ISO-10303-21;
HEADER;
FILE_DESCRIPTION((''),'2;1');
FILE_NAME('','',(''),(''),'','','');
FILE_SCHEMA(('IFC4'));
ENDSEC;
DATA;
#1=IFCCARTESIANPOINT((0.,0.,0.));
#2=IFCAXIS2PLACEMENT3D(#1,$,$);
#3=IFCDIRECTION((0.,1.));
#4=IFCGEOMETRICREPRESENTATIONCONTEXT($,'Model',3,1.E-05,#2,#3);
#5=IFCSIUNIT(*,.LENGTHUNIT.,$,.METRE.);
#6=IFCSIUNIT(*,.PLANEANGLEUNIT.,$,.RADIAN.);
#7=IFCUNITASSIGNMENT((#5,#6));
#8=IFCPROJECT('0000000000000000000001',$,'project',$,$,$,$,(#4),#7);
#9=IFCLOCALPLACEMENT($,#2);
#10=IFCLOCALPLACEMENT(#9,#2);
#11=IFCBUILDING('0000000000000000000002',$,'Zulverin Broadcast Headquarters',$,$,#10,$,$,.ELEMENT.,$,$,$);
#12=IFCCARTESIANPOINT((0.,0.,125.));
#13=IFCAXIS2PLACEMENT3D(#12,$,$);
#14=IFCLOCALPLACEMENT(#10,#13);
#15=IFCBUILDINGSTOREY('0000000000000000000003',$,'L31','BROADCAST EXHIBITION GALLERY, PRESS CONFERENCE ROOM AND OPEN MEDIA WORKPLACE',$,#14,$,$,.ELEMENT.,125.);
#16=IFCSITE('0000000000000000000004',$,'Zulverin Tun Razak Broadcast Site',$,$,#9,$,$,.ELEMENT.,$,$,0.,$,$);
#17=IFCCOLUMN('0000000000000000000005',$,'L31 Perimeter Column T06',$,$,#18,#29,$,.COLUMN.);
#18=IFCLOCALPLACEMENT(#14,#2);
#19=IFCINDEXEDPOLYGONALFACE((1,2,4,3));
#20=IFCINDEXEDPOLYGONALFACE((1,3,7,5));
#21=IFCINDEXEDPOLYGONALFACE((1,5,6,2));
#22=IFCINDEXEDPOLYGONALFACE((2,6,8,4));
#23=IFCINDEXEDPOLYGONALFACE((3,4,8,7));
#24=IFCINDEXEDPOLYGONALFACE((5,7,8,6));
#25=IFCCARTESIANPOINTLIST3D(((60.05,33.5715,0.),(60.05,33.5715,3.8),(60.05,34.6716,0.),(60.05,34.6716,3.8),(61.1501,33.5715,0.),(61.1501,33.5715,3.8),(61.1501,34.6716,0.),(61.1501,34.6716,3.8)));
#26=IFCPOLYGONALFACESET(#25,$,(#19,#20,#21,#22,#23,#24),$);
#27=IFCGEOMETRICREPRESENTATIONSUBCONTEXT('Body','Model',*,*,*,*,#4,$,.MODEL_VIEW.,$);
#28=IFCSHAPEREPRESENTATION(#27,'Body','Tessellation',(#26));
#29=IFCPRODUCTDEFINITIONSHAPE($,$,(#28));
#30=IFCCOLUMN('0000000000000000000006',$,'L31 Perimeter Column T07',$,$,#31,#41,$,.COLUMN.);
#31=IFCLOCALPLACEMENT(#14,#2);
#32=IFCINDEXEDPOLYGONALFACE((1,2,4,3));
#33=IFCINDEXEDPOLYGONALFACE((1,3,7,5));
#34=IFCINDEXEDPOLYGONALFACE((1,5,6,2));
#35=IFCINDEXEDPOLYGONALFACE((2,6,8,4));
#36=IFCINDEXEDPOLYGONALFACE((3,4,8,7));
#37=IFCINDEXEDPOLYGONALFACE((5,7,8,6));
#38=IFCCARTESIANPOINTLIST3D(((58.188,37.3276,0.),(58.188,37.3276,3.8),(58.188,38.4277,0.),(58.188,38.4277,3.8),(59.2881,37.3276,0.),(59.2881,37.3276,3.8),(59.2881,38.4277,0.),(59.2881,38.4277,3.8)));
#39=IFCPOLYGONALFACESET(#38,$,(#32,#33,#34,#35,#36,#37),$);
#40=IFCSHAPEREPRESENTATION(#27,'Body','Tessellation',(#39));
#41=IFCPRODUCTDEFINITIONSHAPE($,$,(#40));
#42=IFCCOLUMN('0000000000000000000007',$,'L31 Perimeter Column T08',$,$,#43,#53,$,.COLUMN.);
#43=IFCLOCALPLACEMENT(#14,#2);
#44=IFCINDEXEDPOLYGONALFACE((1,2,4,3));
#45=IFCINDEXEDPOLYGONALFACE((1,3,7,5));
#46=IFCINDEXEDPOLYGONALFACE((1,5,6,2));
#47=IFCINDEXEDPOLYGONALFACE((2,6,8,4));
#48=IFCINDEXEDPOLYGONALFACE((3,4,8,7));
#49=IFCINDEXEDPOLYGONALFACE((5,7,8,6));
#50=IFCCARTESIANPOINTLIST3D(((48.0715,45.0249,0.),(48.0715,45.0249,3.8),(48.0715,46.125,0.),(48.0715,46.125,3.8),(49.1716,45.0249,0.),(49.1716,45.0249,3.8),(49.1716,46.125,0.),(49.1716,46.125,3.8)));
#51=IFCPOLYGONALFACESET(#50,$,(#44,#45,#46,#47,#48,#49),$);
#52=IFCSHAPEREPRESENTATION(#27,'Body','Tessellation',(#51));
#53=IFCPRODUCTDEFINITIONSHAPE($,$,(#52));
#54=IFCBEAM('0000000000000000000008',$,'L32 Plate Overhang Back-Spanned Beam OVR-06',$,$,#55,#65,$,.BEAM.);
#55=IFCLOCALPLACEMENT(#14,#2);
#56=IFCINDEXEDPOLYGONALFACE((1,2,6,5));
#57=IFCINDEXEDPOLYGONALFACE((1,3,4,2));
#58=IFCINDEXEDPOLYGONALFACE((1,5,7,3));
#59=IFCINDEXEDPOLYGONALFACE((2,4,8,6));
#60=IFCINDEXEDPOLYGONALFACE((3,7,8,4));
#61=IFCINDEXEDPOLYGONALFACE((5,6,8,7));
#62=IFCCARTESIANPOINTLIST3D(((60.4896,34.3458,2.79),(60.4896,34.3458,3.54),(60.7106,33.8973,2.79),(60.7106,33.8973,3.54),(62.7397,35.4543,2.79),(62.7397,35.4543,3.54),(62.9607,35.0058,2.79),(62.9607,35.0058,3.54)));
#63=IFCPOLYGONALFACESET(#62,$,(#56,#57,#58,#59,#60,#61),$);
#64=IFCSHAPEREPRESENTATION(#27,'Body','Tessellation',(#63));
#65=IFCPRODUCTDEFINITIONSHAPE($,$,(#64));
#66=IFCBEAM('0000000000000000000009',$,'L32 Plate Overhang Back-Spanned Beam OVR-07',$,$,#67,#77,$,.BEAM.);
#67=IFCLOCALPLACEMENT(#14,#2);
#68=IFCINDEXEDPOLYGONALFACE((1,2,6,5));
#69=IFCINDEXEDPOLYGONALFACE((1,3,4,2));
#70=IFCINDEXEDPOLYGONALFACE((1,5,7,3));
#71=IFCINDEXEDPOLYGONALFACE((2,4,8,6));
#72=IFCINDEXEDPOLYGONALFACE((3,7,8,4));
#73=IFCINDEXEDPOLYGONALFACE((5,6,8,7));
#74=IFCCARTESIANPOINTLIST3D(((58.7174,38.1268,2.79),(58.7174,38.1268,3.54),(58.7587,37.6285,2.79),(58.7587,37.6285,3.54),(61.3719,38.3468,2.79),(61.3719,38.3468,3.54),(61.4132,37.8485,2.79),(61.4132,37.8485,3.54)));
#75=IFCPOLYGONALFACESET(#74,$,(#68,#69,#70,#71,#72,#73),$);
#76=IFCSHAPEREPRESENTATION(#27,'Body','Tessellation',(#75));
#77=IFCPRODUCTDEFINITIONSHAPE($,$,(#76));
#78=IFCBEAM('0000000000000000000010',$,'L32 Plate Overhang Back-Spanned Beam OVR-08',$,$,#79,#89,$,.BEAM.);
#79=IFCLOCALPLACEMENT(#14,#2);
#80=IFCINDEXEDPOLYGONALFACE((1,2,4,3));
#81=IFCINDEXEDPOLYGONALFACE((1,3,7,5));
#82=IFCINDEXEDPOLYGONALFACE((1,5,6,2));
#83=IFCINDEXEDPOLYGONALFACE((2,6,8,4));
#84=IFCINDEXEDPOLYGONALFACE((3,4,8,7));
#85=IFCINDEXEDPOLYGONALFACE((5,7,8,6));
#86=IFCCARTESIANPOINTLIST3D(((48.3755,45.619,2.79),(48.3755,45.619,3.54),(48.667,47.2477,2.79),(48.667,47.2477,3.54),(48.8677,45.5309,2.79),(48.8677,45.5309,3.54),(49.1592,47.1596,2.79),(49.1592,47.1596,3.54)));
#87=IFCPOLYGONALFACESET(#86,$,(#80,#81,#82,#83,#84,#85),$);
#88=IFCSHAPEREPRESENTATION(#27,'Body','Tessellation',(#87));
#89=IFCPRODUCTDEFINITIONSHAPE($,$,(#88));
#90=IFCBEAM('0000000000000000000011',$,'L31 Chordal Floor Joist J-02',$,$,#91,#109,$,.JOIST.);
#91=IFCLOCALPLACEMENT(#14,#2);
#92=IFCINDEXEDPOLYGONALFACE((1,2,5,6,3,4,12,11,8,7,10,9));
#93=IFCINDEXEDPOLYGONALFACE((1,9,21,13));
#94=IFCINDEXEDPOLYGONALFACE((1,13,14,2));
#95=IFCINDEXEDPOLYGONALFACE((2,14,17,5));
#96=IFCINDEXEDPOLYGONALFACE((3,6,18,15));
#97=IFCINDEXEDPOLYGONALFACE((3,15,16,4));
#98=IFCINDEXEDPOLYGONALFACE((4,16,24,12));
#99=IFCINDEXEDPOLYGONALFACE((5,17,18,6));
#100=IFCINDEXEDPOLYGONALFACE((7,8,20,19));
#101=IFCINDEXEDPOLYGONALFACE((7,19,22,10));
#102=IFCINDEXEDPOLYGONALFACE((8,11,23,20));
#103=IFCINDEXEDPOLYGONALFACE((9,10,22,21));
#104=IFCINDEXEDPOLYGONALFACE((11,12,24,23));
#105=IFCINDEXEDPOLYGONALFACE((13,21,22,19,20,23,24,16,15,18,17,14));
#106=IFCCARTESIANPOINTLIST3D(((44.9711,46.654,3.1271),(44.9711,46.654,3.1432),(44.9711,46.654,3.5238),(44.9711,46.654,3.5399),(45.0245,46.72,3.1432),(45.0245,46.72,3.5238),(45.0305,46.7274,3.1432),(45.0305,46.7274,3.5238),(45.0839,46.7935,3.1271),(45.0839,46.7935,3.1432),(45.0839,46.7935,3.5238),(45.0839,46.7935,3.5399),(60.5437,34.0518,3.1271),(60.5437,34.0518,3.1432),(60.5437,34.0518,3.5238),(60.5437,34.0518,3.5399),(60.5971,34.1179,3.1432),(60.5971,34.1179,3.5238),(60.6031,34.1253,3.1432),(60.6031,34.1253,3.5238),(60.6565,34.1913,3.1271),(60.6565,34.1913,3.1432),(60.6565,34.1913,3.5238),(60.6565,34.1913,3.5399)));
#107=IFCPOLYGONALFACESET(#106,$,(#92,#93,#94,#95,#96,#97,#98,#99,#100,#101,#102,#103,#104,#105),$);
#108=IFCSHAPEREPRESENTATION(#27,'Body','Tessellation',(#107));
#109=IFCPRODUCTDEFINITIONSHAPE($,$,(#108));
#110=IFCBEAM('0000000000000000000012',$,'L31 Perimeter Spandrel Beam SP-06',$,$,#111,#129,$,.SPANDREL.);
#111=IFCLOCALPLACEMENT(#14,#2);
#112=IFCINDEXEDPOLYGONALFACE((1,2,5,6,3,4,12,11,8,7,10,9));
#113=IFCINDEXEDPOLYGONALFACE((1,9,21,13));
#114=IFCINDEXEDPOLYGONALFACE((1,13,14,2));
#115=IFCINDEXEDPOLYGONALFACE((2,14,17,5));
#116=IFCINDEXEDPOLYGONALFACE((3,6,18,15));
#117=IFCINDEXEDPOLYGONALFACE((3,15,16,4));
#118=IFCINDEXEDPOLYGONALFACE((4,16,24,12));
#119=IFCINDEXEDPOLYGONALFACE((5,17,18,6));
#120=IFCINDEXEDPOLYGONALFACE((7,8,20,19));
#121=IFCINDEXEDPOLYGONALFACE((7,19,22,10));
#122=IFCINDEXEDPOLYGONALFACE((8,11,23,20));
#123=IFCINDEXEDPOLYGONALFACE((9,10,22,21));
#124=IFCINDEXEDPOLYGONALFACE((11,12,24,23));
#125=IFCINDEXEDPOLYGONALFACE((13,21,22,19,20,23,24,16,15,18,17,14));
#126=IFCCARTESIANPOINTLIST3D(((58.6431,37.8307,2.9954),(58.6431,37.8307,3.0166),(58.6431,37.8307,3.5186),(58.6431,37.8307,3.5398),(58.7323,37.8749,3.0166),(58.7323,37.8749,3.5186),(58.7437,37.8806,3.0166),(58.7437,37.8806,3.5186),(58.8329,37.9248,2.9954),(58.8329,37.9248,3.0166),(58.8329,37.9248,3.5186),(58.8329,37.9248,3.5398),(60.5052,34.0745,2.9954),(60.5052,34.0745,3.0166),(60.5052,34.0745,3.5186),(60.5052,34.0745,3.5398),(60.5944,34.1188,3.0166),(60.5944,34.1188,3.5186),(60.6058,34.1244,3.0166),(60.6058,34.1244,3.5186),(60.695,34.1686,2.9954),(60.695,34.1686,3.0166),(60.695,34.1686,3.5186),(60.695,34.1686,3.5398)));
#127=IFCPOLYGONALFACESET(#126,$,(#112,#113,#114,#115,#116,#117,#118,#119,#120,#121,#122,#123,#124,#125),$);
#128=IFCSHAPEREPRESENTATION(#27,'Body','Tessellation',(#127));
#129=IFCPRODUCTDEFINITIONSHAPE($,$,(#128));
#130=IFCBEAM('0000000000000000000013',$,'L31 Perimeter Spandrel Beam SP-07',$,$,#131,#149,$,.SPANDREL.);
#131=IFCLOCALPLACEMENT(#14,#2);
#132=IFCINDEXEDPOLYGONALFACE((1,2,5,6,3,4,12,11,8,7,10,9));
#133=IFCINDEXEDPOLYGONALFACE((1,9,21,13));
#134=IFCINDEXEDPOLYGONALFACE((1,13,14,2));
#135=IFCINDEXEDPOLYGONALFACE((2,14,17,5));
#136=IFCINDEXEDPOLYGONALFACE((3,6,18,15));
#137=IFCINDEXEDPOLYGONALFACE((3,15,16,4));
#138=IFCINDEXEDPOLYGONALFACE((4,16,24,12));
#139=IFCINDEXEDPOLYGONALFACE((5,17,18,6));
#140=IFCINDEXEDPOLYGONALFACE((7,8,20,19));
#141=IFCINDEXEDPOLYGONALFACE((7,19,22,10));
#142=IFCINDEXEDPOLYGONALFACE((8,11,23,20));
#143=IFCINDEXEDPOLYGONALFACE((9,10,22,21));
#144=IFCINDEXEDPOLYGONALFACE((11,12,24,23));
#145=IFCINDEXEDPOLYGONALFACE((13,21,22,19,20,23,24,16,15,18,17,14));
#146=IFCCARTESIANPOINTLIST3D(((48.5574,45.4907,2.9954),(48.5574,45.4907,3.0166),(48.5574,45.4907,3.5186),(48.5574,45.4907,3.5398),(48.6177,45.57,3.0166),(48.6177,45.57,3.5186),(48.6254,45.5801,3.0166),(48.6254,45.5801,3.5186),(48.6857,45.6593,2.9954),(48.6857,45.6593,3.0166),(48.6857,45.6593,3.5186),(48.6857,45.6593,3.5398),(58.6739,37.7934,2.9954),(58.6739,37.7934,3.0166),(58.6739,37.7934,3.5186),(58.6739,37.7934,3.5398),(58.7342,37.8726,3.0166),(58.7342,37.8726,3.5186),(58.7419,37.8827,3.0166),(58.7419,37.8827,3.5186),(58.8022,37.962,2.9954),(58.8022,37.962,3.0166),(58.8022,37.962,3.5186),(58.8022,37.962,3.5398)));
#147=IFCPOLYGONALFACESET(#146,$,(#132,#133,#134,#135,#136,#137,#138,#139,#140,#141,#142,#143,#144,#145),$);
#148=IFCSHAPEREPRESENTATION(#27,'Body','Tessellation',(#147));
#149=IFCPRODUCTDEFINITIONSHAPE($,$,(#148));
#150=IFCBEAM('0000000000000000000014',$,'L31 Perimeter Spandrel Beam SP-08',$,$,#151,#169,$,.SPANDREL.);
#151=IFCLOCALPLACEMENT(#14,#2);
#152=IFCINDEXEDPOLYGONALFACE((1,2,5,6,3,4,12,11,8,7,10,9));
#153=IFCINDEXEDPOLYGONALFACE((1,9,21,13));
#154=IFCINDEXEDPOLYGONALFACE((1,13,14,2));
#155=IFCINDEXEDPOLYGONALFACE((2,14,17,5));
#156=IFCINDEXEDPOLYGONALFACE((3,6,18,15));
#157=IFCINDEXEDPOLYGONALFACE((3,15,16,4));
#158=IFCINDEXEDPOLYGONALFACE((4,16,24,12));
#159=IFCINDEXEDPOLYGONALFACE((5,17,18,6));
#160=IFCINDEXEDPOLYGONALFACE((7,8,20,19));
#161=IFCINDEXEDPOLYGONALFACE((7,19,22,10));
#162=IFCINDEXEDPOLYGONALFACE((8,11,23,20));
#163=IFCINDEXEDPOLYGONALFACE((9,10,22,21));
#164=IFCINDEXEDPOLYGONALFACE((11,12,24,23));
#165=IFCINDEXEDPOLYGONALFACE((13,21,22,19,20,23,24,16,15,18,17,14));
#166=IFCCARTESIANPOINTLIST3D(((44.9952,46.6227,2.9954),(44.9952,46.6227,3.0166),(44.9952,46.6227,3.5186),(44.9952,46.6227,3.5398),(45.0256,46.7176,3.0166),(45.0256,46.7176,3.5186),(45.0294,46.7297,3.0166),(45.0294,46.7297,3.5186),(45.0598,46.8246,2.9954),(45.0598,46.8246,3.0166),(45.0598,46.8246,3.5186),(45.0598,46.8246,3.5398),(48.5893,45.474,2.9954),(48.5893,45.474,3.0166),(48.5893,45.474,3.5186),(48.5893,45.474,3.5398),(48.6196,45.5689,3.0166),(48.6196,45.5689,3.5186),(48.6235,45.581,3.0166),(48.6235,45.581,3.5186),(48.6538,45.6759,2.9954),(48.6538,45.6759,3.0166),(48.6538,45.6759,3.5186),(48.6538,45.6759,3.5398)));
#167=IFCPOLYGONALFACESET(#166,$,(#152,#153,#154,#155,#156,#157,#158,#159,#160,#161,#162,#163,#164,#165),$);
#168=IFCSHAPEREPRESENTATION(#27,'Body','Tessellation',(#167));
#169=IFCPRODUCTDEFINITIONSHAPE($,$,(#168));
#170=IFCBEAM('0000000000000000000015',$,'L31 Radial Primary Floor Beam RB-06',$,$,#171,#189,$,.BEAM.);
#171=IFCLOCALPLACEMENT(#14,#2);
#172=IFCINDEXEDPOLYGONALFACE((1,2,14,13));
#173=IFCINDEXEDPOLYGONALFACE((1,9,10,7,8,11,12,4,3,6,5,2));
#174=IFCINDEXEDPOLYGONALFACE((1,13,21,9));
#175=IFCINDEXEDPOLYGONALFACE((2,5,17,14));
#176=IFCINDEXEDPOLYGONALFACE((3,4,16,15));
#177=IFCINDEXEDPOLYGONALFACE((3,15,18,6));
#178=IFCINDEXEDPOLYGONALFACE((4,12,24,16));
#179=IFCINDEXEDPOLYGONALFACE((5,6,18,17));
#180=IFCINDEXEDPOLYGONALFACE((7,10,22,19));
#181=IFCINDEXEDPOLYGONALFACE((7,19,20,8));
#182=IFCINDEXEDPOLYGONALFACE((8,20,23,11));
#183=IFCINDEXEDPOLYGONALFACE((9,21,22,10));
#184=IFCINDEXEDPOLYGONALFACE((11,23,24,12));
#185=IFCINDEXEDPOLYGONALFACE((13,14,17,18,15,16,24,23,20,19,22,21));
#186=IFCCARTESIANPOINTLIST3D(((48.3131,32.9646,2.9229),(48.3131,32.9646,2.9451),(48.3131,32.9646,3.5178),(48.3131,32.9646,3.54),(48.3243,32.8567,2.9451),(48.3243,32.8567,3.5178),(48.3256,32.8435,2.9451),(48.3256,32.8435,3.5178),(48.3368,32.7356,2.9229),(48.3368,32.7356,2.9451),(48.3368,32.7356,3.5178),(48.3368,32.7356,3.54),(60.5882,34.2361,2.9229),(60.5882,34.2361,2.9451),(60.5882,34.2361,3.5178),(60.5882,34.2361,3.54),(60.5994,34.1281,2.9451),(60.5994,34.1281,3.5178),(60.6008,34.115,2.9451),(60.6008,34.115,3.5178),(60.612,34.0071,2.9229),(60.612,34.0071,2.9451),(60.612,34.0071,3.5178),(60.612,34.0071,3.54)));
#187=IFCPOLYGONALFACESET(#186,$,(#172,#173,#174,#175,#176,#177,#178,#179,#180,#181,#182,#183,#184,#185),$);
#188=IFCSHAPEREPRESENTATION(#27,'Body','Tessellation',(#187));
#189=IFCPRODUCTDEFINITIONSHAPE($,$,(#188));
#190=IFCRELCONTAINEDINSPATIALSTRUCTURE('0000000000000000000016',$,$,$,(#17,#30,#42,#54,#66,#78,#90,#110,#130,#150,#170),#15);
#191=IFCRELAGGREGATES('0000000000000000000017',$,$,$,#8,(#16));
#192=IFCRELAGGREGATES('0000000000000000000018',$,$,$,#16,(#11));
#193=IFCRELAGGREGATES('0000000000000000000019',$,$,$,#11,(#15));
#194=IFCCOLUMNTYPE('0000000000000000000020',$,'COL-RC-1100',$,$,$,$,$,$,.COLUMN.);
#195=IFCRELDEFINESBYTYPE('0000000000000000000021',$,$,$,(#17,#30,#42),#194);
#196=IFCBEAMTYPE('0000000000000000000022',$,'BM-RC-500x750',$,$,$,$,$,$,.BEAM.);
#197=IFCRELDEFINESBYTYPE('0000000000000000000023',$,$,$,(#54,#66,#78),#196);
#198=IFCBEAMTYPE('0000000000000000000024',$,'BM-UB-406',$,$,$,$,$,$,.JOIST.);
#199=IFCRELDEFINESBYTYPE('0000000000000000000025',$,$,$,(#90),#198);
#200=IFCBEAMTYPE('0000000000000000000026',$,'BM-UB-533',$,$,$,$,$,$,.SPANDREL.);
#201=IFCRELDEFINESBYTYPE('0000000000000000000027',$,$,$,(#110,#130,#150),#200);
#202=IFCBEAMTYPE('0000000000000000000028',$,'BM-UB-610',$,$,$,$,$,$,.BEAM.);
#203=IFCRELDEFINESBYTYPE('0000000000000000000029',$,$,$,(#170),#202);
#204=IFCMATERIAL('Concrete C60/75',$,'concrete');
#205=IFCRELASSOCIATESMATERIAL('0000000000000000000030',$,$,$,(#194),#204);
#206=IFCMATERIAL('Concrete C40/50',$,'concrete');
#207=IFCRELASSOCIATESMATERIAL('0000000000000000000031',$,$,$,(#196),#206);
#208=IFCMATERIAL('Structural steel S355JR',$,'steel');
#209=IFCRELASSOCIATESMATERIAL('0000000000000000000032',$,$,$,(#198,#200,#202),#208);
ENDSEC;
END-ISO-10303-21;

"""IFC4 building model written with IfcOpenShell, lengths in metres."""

from ifc_helpers import new_model, si_unit, direction, frame, origin, origin_2d, place, context, subcontext, project, spatial, rectangle, i_section, extrude, material, material_profile, profile_set, type_object, element, save


model = new_model("IFC4")

# Units and contexts
model_context = context("Model", 3, precision=1e-05, world=origin(), true_north=direction((0.0, 1.0)))
body_context = subcontext(model_context, "Body", "Model", "MODEL_VIEW")
ifc_project = project(units=[si_unit("LENGTHUNIT", "METRE"), si_unit("PLANEANGLEUNIT", "RADIAN")], contexts=[model_context])

# Site, building, storey
site_placement = place(None, origin())
site = spatial("IfcSite", under=ifc_project, at=site_placement, Name="Zulverin Tun Razak Broadcast Site", CompositionType="ELEMENT", RefElevation=0.0)
building_placement = place(site_placement, origin())
building = spatial("IfcBuilding", under=site, at=building_placement, Name="Zulverin Broadcast Headquarters", CompositionType="ELEMENT")
storey_placement = place(building_placement, frame((0.0, 0.0, 125.0)))
storey = spatial("IfcBuildingStorey", under=building, at=storey_placement, Name="L31", Description="BROADCAST EXHIBITION GALLERY, PRESS CONFERENCE ROOM AND OPEN MEDIA WORKPLACE", CompositionType="ELEMENT", Elevation=125.0)

# Columns
ifc_material_1 = material(Name="Concrete C60/75", Category="concrete")
ifc_material_profile_1 = material_profile(ifc_material_1, rectangle(XDim=1.1001, YDim=1.1001, at=origin_2d()), Name="Concrete C60/75", Category="concrete")
ifc_profile_set_1 = profile_set([ifc_material_profile_1], Name="Concrete C60/75")
column_type = type_object("IfcColumnType", Name="COL-RC-1100", PredefinedType="COLUMN", material=ifc_profile_set_1)
for number, where, z_axis, x_axis, name in (
    (1, (60.6001, 34.1216, 0.0), (0.0, 0.0, 1.0), (1.0, 0.0, 0.0), "L31 Perimeter Column T06"),
    (2, (58.738, 37.8777, 0.0), (0.0, 0.0, 1.0), (1.0, 0.0, 0.0), "L31 Perimeter Column T07"),
    (3, (48.6216, 45.575, 0.0), (0.0, 0.0, 1.0), (1.0, 0.0, 0.0), "L31 Perimeter Column T08"),
):
    element("IfcColumn", number, at=place(storey_placement, frame(where, z_axis=z_axis, x_axis=x_axis)), inside=storey, type_object=column_type, Name=name, PredefinedType="COLUMN", context=body_context, shape_type="SweptSolid", body=[
        extrude(rectangle(XDim=1.1001, YDim=1.1001, at=origin_2d()), origin(), (0.0, 0.0, 1.0), 3.8),
    ])

# Beams
ifc_material_2 = material(Name="Concrete C40/50", Category="concrete")
ifc_material_profile_2 = material_profile(ifc_material_2, rectangle(XDim=0.5, YDim=0.75, at=origin_2d()), Name="Concrete C40/50", Category="concrete")
ifc_profile_set_2 = profile_set([ifc_material_profile_2], Name="Concrete C40/50")
beam_type_1 = type_object("IfcBeamType", Name="BM-RC-500x750", PredefinedType="BEAM", material=ifc_profile_set_2)
beam_1_placement = place(storey_placement, frame((60.6001, 34.1216, 3.165), z_axis=(0.897059, 0.441911, 0.0), x_axis=(-0.441911, 0.897059, 0.0)))
element("IfcBeam", 4, at=beam_1_placement, inside=storey, type_object=beam_type_1, Name="L32 Plate Overhang Back-Spanned Beam OVR-06", PredefinedType="BEAM", context=body_context, shape_type="SweptSolid", body=[
    extrude(rectangle(XDim=0.5, YDim=0.75, at=origin_2d()), origin(), (0.0, 0.0, 1.0), 2.5083),
])
beam_2_placement = place(storey_placement, frame((58.738, 37.8777, 3.165), z_axis=(0.996584, 0.082583, 0.0), x_axis=(-0.082583, 0.996584, 0.0)))
element("IfcBeam", 5, at=beam_2_placement, inside=storey, type_object=beam_type_1, Name="L32 Plate Overhang Back-Spanned Beam OVR-07", PredefinedType="BEAM", context=body_context, shape_type="SweptSolid", body=[
    extrude(rectangle(XDim=0.5, YDim=0.75, at=origin_2d()), origin(), (0.0, 0.0, 1.0), 2.6636),
])
beam_3_placement = place(storey_placement, frame((48.6216, 45.575, 3.165), z_axis=(0.176184, 0.984357, 0.0), x_axis=(-0.984357, 0.176184, 0.0)))
element("IfcBeam", 6, at=beam_3_placement, inside=storey, type_object=beam_type_1, Name="L32 Plate Overhang Back-Spanned Beam OVR-08", PredefinedType="BEAM", context=body_context, shape_type="SweptSolid", body=[
    extrude(rectangle(XDim=0.5, YDim=0.75, at=origin_2d()), origin(), (0.0, 0.0, 1.0), 1.6545),
])
ifc_material_3 = material(Name="Structural steel S355JR", Category="steel")
ifc_material_profile_3 = material_profile(ifc_material_3, i_section(OverallWidth=0.1794, OverallDepth=0.4128, WebThickness=0.0095, FlangeThickness=0.0161, at=origin_2d()), Name="Structural steel S355JR", Category="steel")
ifc_profile_set_3 = profile_set([ifc_material_profile_3], Name="Structural steel S355JR")
beam_type_2 = type_object("IfcBeamType", Name="BM-UB-406", PredefinedType="JOIST", material=ifc_profile_set_3)
beam_4_placement = place(storey_placement, frame((60.6001, 34.1216, 3.3335), z_axis=(-0.777349, 0.62907, 0.0), x_axis=(-0.62907, -0.777349, 0.0)))
element("IfcBeam", 7, at=beam_4_placement, inside=storey, type_object=beam_type_2, Name="L31 Chordal Floor Joist J-02", PredefinedType="JOIST", context=body_context, shape_type="SweptSolid", body=[
    extrude(i_section(OverallWidth=0.1794, OverallDepth=0.4128, WebThickness=0.0095, FlangeThickness=0.0161, at=origin_2d()), origin(), (0.0, 0.0, 1.0), 20.033),
])
ifc_material_profile_4 = material_profile(ifc_material_3, i_section(OverallWidth=0.2119, OverallDepth=0.5444, WebThickness=0.0127, FlangeThickness=0.0212, at=origin_2d()), Name="Structural steel S355JR", Category="steel")
ifc_profile_set_4 = profile_set([ifc_material_profile_4], Name="Structural steel S355JR")
beam_type_3 = type_object("IfcBeamType", Name="BM-UB-533", PredefinedType="SPANDREL", material=ifc_profile_set_4)
beam_5_placement = place(storey_placement, frame((60.6001, 34.1216, 3.2676), z_axis=(-0.444159, 0.895948, 0.0), x_axis=(-0.895948, -0.444159, 0.0)))
element("IfcBeam", 8, at=beam_5_placement, inside=storey, type_object=beam_type_3, Name="L31 Perimeter Spandrel Beam SP-06", PredefinedType="SPANDREL", context=body_context, shape_type="SweptSolid", body=[
    extrude(i_section(OverallWidth=0.2119, OverallDepth=0.5444, WebThickness=0.0127, FlangeThickness=0.0212, at=origin_2d()), origin(), (0.0, 0.0, 1.0), 4.1924),
])
beam_6_placement = place(storey_placement, frame((58.738, 37.8777, 3.2676), z_axis=(-0.79583, 0.60552, 0.0), x_axis=(-0.60552, -0.79583, 0.0)))
element("IfcBeam", 9, at=beam_6_placement, inside=storey, type_object=beam_type_3, Name="L31 Perimeter Spandrel Beam SP-07", PredefinedType="SPANDREL", context=body_context, shape_type="SweptSolid", body=[
    extrude(i_section(OverallWidth=0.2119, OverallDepth=0.5444, WebThickness=0.0127, FlangeThickness=0.0212, at=origin_2d()), origin(), (0.0, 0.0, 1.0), 12.7119),
])
beam_7_placement = place(storey_placement, frame((48.6216, 45.575, 3.2676), z_axis=(-0.952532, 0.30444, 0.0), x_axis=(-0.30444, -0.952532, 0.0)))
element("IfcBeam", 10, at=beam_7_placement, inside=storey, type_object=beam_type_3, Name="L31 Perimeter Spandrel Beam SP-08", PredefinedType="SPANDREL", context=body_context, shape_type="SweptSolid", body=[
    extrude(i_section(OverallWidth=0.2119, OverallDepth=0.5444, WebThickness=0.0127, FlangeThickness=0.0212, at=origin_2d()), origin(), (0.0, 0.0, 1.0), 3.7732),
])
ifc_material_profile_5 = material_profile(ifc_material_3, i_section(OverallWidth=0.2302, OverallDepth=0.6172, WebThickness=0.0132, FlangeThickness=0.0222, at=origin_2d()), Name="Structural steel S355JR", Category="steel")
ifc_profile_set_5 = profile_set([ifc_material_profile_5], Name="Structural steel S355JR")
beam_type_4 = type_object("IfcBeamType", Name="BM-UB-610", PredefinedType="BEAM", material=ifc_profile_set_5)
beam_8_placement = place(storey_placement, frame((48.325, 32.8501, 3.2314), z_axis=(0.994678, 0.103031, 0.0), x_axis=(-0.103031, 0.994678, 0.0)))
element("IfcBeam", 11, at=beam_8_placement, inside=storey, type_object=beam_type_4, Name="L31 Radial Primary Floor Beam RB-06", PredefinedType="BEAM", context=body_context, shape_type="SweptSolid", body=[
    extrude(i_section(OverallWidth=0.2302, OverallDepth=0.6172, WebThickness=0.0132, FlangeThickness=0.0222, at=origin_2d()), origin(), (0.0, 0.0, 1.0), 12.3408),
])

save(model, "model.ifc")
